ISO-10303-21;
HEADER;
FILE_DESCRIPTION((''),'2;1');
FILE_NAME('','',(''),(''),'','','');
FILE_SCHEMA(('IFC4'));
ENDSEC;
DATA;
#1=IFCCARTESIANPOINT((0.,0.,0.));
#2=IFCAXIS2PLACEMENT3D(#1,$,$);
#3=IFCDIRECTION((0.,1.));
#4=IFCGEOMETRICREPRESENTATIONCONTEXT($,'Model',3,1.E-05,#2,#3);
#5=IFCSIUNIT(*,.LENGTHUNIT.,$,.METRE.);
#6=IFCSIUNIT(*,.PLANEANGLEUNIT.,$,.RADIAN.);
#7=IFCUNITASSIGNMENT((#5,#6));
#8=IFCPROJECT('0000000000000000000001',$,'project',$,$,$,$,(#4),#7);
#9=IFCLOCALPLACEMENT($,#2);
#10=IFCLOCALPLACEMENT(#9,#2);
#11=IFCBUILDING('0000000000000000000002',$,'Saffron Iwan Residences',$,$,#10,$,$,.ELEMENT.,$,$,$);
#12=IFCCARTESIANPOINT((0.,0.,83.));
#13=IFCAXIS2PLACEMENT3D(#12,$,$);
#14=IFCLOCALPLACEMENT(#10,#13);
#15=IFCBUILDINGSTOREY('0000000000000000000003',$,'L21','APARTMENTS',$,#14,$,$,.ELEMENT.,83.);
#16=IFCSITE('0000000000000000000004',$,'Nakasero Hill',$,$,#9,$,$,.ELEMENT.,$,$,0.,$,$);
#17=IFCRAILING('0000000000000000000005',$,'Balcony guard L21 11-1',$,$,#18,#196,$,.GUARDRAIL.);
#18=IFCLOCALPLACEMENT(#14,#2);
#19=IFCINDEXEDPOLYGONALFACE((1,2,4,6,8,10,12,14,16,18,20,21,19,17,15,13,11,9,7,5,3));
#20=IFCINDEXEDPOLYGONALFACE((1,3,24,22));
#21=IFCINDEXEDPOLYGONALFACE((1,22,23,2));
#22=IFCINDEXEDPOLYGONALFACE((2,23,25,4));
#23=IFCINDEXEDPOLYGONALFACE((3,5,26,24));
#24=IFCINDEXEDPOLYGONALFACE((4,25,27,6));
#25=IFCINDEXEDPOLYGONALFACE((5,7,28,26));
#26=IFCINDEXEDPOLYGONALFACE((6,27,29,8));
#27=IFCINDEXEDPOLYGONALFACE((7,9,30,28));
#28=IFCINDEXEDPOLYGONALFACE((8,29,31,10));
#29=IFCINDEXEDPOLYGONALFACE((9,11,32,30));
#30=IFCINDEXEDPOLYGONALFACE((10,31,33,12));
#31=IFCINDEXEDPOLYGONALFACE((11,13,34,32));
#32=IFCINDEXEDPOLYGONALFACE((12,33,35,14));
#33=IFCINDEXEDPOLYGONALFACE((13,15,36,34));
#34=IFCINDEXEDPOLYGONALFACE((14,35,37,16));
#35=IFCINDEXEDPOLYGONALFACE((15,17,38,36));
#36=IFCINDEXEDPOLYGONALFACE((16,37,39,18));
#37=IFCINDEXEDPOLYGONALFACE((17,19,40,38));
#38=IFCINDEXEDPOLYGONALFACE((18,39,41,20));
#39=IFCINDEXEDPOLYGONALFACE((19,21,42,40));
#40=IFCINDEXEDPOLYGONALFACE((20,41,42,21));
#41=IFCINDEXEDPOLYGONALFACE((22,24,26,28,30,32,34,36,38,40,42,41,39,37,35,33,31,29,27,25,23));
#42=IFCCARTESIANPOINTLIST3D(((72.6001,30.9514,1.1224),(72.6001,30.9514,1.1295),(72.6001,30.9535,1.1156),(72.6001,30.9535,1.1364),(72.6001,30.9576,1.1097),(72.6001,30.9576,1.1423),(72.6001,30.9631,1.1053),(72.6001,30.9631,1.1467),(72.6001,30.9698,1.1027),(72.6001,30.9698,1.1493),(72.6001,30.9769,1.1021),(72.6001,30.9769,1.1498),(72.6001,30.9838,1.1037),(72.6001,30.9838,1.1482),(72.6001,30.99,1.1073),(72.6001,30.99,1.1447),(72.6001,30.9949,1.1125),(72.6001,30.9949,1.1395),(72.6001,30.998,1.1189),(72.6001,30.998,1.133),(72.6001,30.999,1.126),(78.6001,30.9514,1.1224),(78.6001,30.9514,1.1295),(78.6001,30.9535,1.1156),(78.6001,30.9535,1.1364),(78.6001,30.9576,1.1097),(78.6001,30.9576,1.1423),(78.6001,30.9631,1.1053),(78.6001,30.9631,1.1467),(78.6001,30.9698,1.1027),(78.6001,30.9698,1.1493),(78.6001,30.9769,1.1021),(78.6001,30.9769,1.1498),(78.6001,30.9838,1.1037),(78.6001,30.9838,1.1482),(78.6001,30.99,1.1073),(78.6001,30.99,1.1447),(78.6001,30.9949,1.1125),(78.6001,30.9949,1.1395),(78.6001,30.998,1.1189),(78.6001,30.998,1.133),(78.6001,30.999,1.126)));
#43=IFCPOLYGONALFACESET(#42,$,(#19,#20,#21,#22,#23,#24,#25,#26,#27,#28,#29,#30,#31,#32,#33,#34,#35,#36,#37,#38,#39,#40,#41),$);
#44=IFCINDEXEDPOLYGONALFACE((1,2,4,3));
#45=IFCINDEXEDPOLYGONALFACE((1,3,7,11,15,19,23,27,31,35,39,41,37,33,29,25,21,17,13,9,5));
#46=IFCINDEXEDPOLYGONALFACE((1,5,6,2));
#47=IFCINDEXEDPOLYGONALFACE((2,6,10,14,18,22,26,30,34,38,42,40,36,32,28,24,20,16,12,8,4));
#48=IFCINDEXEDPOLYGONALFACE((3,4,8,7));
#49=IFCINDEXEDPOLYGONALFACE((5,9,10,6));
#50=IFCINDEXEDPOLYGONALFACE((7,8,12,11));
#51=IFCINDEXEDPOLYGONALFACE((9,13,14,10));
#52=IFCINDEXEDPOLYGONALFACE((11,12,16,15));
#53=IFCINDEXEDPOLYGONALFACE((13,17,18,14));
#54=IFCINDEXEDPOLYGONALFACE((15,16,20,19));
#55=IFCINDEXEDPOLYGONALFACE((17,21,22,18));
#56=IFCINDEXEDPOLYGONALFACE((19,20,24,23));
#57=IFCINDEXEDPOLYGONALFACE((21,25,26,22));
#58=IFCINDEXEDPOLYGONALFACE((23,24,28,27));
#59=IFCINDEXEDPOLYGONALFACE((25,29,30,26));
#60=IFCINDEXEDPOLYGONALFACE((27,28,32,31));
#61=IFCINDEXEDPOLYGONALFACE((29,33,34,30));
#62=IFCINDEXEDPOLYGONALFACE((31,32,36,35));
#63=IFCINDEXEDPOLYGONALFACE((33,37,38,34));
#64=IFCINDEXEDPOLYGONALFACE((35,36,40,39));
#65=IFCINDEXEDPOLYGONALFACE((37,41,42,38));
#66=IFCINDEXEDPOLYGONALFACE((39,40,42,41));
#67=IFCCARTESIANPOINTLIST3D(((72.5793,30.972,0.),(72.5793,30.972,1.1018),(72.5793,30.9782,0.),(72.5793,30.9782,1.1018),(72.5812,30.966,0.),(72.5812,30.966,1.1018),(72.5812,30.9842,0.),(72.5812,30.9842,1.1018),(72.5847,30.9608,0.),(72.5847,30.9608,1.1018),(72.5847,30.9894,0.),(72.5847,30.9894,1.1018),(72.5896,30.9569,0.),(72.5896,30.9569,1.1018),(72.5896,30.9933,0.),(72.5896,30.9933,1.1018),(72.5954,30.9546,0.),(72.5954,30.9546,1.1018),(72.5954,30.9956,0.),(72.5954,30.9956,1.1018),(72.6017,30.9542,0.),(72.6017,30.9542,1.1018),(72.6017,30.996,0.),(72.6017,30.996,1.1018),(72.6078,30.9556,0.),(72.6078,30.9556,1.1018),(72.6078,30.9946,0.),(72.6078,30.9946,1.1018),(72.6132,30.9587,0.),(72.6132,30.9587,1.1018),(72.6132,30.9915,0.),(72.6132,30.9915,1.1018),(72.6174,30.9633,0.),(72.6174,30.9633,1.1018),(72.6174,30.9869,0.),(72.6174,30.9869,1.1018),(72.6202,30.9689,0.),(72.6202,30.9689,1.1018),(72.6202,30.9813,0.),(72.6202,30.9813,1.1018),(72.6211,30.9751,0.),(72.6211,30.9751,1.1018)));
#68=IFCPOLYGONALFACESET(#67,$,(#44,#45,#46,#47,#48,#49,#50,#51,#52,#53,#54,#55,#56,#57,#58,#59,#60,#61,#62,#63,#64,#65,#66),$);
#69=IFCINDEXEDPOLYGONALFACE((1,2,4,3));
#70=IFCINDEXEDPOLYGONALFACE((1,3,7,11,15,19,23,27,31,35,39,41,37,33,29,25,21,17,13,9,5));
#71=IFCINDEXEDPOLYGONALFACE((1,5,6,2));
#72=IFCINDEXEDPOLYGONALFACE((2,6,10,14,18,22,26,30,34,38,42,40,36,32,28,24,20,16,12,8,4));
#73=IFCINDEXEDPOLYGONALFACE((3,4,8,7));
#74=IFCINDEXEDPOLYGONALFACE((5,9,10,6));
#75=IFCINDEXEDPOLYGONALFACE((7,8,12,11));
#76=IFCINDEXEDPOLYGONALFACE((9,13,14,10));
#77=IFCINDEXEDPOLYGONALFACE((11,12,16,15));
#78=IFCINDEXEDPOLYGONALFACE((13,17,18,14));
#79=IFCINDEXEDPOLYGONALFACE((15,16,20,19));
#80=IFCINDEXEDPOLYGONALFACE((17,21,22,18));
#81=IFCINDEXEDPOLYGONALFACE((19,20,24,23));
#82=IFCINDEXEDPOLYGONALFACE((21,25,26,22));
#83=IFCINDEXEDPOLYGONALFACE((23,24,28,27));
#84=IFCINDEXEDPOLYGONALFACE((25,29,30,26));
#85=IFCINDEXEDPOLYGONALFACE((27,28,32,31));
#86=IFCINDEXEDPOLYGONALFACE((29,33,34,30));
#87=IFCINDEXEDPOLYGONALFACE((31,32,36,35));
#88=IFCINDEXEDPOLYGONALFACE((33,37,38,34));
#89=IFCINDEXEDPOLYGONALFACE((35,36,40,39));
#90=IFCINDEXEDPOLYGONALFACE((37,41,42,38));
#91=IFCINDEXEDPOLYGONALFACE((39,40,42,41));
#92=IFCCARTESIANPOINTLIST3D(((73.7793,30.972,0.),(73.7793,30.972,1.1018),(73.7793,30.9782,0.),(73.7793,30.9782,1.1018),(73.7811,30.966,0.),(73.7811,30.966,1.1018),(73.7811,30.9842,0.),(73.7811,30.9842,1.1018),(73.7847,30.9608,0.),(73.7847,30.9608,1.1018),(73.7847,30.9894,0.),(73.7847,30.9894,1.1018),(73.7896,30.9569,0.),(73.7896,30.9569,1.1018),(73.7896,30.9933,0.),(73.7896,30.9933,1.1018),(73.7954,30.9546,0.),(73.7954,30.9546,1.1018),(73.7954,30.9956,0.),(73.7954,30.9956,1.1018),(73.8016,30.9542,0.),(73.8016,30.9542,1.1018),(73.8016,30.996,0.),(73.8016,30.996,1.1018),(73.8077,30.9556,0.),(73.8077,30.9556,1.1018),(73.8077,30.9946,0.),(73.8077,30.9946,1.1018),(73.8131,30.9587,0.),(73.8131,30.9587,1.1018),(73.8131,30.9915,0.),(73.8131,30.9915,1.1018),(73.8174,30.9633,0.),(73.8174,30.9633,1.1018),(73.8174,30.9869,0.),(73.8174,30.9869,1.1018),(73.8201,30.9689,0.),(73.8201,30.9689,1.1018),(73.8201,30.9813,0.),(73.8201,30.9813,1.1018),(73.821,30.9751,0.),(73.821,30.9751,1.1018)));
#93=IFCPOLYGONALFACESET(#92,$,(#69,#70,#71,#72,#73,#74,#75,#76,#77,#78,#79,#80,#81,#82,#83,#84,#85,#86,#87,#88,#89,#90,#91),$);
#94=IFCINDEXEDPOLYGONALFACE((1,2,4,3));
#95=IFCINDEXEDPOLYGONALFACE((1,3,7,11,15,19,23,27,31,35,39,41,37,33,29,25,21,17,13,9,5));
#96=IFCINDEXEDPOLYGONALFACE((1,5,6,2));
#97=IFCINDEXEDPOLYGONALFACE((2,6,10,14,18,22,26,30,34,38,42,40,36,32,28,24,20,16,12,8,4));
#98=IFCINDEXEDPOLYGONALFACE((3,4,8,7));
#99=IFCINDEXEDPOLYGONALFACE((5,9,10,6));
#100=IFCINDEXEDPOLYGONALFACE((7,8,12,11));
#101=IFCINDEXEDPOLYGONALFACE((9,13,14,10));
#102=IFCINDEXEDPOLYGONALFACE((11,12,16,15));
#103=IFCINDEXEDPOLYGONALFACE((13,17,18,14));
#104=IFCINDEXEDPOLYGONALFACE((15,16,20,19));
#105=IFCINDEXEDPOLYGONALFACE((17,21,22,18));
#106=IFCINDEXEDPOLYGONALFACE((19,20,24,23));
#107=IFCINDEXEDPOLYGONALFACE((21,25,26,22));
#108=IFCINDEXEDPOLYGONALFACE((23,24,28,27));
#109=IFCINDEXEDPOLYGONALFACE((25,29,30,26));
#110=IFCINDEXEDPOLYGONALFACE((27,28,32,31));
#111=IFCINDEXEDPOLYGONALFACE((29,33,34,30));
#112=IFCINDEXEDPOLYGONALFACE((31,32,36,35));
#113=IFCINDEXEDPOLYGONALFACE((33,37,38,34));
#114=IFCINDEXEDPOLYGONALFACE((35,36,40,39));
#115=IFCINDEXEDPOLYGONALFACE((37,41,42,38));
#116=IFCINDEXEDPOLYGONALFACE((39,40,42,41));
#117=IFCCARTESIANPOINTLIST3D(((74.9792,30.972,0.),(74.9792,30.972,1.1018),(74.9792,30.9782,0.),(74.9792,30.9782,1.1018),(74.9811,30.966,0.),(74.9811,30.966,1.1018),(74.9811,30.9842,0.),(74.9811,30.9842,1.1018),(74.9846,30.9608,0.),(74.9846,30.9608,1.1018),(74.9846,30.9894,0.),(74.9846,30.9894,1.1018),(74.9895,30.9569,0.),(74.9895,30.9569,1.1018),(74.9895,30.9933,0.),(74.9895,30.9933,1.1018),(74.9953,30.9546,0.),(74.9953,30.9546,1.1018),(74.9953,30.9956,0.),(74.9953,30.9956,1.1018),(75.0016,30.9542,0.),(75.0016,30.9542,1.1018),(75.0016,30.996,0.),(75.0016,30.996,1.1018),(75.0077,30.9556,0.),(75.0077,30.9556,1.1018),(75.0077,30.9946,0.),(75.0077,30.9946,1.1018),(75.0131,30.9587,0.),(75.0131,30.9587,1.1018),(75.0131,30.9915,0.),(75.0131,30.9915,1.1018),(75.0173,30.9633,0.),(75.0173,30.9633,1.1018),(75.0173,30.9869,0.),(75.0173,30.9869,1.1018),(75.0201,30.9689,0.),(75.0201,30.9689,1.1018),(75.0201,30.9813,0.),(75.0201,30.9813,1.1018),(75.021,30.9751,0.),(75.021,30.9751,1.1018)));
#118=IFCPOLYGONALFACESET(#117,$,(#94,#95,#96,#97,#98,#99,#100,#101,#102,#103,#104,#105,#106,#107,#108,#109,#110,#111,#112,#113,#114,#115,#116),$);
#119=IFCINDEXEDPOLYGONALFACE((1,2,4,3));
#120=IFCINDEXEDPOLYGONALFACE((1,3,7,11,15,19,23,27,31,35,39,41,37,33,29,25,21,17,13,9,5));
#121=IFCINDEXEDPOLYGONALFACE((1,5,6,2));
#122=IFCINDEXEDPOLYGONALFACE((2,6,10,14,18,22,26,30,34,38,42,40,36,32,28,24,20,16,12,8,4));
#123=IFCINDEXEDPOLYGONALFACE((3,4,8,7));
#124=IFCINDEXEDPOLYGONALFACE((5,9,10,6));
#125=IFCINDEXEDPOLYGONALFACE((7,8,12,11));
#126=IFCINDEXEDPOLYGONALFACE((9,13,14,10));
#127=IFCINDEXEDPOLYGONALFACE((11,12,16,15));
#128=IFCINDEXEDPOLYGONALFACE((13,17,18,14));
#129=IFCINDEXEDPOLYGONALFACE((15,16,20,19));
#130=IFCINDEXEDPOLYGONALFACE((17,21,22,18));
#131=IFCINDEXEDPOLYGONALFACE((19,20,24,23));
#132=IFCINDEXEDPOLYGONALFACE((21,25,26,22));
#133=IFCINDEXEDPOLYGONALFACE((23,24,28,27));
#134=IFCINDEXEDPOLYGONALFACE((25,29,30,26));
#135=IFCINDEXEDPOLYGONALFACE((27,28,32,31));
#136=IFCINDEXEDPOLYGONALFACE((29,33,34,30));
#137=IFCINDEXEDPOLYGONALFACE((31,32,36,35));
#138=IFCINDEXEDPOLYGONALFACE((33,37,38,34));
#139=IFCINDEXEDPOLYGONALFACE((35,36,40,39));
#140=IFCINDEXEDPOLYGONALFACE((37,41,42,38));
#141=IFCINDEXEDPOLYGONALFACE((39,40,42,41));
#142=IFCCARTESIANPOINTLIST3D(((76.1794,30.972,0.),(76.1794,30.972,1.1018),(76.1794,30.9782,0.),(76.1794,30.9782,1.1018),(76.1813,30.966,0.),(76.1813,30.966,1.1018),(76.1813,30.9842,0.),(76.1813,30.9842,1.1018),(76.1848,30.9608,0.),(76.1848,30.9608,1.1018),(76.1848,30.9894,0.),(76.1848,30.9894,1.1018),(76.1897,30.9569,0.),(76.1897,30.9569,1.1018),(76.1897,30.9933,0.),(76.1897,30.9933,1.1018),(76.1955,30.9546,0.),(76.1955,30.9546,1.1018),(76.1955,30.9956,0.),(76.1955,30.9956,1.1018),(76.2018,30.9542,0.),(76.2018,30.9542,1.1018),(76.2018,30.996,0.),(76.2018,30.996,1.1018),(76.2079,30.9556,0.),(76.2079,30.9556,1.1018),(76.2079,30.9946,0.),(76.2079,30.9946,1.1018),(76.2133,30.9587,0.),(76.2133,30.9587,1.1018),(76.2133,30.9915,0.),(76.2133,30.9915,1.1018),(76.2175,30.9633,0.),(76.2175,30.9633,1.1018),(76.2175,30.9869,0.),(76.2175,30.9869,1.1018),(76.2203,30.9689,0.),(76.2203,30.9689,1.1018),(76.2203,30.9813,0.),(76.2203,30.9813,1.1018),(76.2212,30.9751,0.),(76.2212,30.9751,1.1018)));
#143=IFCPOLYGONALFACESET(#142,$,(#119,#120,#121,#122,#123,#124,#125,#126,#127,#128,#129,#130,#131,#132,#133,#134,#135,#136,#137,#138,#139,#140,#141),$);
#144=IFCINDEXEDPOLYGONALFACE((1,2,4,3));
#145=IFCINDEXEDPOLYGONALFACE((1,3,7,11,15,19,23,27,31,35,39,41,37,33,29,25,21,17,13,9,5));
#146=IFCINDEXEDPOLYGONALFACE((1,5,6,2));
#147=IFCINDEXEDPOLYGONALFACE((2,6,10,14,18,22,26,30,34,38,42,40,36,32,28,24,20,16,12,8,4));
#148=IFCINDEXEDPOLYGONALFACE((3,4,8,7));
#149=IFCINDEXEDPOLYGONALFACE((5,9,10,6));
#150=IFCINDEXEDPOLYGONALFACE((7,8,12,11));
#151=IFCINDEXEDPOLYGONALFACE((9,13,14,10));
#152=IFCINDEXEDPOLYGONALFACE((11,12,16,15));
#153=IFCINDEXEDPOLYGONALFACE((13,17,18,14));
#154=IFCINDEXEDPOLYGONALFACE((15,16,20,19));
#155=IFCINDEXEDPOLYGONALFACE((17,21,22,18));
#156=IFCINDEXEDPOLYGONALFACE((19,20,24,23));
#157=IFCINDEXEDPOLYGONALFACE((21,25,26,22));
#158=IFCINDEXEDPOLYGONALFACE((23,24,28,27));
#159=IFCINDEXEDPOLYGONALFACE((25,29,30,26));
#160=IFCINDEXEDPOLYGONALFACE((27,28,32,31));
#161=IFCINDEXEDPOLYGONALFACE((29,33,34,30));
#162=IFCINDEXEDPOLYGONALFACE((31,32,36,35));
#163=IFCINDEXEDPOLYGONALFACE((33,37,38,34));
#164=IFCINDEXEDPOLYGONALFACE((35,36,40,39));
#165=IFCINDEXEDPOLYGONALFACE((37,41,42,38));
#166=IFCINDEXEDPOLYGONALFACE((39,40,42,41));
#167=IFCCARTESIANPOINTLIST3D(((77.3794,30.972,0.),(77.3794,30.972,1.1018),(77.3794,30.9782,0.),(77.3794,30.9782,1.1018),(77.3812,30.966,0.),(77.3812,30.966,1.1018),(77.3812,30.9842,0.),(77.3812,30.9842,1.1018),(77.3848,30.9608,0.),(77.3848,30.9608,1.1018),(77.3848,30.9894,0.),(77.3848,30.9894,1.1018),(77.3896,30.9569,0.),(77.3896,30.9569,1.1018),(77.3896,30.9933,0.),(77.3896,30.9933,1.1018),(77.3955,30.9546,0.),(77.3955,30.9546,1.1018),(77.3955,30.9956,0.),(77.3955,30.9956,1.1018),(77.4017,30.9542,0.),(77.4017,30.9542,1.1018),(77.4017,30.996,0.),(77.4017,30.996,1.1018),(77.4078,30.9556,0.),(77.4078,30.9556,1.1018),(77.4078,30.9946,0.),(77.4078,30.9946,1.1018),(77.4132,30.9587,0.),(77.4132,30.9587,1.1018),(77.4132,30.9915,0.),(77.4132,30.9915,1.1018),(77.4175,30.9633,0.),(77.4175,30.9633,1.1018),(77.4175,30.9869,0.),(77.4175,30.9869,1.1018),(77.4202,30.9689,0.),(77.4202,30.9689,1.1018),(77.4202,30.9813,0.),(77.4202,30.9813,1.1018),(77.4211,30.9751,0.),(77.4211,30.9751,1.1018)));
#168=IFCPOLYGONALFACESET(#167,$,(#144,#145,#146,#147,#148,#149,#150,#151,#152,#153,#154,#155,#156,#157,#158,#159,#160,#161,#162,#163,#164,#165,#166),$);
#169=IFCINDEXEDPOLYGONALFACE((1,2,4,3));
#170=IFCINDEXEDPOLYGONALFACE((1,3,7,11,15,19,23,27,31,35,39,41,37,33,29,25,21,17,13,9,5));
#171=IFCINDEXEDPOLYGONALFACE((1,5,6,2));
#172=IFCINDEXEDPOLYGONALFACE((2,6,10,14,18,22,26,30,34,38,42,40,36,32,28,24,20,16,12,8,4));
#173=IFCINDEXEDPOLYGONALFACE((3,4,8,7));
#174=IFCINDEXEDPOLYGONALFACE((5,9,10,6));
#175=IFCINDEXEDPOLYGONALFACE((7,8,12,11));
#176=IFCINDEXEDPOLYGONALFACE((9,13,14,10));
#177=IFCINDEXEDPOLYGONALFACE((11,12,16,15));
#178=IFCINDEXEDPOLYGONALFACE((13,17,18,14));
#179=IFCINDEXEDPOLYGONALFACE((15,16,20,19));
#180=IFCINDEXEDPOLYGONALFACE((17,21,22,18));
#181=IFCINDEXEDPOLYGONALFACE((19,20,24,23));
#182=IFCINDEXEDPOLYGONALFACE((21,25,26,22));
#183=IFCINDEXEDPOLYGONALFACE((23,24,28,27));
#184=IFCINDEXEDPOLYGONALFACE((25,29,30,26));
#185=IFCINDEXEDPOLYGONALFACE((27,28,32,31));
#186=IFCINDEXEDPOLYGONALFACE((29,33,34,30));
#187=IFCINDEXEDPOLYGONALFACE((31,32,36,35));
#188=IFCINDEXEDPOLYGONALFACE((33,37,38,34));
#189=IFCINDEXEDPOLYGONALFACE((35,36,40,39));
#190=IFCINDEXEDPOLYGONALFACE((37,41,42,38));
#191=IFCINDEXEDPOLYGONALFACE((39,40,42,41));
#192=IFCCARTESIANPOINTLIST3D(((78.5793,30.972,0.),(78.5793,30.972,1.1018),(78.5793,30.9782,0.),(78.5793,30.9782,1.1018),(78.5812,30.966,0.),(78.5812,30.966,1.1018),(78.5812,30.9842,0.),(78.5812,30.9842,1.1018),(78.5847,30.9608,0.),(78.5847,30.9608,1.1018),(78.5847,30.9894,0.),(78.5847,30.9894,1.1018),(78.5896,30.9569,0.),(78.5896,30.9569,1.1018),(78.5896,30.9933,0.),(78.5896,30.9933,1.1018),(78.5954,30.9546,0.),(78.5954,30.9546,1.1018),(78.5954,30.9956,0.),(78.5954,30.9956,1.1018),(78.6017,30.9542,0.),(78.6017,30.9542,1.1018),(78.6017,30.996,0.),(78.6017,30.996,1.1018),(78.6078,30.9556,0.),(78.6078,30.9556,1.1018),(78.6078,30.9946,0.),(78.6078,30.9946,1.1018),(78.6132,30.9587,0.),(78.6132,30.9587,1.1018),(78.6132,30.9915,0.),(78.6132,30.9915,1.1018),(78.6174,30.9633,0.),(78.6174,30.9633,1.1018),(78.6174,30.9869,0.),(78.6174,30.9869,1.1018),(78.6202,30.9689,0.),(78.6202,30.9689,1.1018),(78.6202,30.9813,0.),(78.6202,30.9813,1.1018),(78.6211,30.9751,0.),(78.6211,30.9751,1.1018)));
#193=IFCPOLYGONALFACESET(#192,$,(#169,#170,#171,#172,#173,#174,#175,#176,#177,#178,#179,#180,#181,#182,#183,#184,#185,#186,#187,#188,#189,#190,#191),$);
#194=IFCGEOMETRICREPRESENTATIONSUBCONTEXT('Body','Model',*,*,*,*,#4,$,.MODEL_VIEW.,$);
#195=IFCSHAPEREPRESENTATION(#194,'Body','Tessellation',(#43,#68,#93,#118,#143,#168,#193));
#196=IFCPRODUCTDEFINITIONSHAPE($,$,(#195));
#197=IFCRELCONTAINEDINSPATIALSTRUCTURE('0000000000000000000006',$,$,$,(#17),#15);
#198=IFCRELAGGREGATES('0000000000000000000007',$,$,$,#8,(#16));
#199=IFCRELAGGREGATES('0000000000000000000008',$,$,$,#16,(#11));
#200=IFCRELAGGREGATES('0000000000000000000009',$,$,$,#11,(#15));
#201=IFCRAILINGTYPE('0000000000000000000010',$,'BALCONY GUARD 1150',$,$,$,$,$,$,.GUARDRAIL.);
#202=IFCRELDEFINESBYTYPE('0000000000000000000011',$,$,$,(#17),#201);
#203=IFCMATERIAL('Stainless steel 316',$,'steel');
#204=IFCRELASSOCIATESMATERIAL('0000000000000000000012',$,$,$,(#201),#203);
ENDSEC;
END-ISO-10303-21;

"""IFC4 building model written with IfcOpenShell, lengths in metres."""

from ifc_helpers import new_model, si_unit, direction, frame, origin, origin_2d, place, context, subcontext, project, spatial, circle, extrude, material, type_object, element, save


model = new_model("IFC4")

# Units and contexts
model_context = context("Model", 3, precision=1e-05, world=origin(), true_north=direction((0.0, 1.0)))
body_context = subcontext(model_context, "Body", "Model", "MODEL_VIEW")
ifc_project = project(units=[si_unit("LENGTHUNIT", "METRE"), si_unit("PLANEANGLEUNIT", "RADIAN")], contexts=[model_context])

# Site, building, storey
site_placement = place(None, origin())
site = spatial("IfcSite", under=ifc_project, at=site_placement, Name="Nakasero Hill", CompositionType="ELEMENT", RefElevation=0.0)
building_placement = place(site_placement, origin())
building = spatial("IfcBuilding", under=site, at=building_placement, Name="Saffron Iwan Residences", CompositionType="ELEMENT")
storey_placement = place(building_placement, frame((0.0, 0.0, 83.0)))
storey = spatial("IfcBuildingStorey", under=building, at=storey_placement, Name="L21", Description="APARTMENTS", CompositionType="ELEMENT", Elevation=83.0)

# Railing
ifc_material_1 = material(Name="Stainless steel 316", Category="steel")
railing_type = type_object("IfcRailingType", Name="BALCONY GUARD 1150", PredefinedType="GUARDRAIL", material=ifc_material_1)
railing_placement = place(storey_placement, frame((72.6001, 30.9751, 0.0)))
element("IfcRailing", 1, at=railing_placement, inside=storey, type_object=railing_type, Name="Balcony guard L21 11-1", PredefinedType="GUARDRAIL", context=body_context, shape_type="SweptSolid", body=[
    extrude(circle(Radius=0.0239, at=origin_2d()), frame((0.0, 0.0, 1.126), z_axis=(1.0, 0.0, 0.0), x_axis=(0.0, 1.0, 0.0)), (0.0, 0.0, 1.0), 6.0),
    extrude(circle(Radius=0.021, at=origin_2d()), origin(), (0.0, 0.0, 1.0), 1.1018),
    extrude(circle(Radius=0.021, at=origin_2d()), frame((1.2, 0.0, 0.0)), (0.0, 0.0, 1.0), 1.1018),
    extrude(circle(Radius=0.021, at=origin_2d()), frame((2.3999, 0.0, 0.0)), (0.0, 0.0, 1.0), 1.1018),
    extrude(circle(Radius=0.021, at=origin_2d()), frame((3.6001, 0.0, 0.0)), (0.0, 0.0, 1.0), 1.1018),
    extrude(circle(Radius=0.021, at=origin_2d()), frame((4.8, 0.0, 0.0)), (0.0, 0.0, 1.0), 1.1018),
    extrude(circle(Radius=0.021, at=origin_2d()), frame((6.0, 0.0, 0.0)), (0.0, 0.0, 1.0), 1.1018),
])

save(model, "model.ifc")
